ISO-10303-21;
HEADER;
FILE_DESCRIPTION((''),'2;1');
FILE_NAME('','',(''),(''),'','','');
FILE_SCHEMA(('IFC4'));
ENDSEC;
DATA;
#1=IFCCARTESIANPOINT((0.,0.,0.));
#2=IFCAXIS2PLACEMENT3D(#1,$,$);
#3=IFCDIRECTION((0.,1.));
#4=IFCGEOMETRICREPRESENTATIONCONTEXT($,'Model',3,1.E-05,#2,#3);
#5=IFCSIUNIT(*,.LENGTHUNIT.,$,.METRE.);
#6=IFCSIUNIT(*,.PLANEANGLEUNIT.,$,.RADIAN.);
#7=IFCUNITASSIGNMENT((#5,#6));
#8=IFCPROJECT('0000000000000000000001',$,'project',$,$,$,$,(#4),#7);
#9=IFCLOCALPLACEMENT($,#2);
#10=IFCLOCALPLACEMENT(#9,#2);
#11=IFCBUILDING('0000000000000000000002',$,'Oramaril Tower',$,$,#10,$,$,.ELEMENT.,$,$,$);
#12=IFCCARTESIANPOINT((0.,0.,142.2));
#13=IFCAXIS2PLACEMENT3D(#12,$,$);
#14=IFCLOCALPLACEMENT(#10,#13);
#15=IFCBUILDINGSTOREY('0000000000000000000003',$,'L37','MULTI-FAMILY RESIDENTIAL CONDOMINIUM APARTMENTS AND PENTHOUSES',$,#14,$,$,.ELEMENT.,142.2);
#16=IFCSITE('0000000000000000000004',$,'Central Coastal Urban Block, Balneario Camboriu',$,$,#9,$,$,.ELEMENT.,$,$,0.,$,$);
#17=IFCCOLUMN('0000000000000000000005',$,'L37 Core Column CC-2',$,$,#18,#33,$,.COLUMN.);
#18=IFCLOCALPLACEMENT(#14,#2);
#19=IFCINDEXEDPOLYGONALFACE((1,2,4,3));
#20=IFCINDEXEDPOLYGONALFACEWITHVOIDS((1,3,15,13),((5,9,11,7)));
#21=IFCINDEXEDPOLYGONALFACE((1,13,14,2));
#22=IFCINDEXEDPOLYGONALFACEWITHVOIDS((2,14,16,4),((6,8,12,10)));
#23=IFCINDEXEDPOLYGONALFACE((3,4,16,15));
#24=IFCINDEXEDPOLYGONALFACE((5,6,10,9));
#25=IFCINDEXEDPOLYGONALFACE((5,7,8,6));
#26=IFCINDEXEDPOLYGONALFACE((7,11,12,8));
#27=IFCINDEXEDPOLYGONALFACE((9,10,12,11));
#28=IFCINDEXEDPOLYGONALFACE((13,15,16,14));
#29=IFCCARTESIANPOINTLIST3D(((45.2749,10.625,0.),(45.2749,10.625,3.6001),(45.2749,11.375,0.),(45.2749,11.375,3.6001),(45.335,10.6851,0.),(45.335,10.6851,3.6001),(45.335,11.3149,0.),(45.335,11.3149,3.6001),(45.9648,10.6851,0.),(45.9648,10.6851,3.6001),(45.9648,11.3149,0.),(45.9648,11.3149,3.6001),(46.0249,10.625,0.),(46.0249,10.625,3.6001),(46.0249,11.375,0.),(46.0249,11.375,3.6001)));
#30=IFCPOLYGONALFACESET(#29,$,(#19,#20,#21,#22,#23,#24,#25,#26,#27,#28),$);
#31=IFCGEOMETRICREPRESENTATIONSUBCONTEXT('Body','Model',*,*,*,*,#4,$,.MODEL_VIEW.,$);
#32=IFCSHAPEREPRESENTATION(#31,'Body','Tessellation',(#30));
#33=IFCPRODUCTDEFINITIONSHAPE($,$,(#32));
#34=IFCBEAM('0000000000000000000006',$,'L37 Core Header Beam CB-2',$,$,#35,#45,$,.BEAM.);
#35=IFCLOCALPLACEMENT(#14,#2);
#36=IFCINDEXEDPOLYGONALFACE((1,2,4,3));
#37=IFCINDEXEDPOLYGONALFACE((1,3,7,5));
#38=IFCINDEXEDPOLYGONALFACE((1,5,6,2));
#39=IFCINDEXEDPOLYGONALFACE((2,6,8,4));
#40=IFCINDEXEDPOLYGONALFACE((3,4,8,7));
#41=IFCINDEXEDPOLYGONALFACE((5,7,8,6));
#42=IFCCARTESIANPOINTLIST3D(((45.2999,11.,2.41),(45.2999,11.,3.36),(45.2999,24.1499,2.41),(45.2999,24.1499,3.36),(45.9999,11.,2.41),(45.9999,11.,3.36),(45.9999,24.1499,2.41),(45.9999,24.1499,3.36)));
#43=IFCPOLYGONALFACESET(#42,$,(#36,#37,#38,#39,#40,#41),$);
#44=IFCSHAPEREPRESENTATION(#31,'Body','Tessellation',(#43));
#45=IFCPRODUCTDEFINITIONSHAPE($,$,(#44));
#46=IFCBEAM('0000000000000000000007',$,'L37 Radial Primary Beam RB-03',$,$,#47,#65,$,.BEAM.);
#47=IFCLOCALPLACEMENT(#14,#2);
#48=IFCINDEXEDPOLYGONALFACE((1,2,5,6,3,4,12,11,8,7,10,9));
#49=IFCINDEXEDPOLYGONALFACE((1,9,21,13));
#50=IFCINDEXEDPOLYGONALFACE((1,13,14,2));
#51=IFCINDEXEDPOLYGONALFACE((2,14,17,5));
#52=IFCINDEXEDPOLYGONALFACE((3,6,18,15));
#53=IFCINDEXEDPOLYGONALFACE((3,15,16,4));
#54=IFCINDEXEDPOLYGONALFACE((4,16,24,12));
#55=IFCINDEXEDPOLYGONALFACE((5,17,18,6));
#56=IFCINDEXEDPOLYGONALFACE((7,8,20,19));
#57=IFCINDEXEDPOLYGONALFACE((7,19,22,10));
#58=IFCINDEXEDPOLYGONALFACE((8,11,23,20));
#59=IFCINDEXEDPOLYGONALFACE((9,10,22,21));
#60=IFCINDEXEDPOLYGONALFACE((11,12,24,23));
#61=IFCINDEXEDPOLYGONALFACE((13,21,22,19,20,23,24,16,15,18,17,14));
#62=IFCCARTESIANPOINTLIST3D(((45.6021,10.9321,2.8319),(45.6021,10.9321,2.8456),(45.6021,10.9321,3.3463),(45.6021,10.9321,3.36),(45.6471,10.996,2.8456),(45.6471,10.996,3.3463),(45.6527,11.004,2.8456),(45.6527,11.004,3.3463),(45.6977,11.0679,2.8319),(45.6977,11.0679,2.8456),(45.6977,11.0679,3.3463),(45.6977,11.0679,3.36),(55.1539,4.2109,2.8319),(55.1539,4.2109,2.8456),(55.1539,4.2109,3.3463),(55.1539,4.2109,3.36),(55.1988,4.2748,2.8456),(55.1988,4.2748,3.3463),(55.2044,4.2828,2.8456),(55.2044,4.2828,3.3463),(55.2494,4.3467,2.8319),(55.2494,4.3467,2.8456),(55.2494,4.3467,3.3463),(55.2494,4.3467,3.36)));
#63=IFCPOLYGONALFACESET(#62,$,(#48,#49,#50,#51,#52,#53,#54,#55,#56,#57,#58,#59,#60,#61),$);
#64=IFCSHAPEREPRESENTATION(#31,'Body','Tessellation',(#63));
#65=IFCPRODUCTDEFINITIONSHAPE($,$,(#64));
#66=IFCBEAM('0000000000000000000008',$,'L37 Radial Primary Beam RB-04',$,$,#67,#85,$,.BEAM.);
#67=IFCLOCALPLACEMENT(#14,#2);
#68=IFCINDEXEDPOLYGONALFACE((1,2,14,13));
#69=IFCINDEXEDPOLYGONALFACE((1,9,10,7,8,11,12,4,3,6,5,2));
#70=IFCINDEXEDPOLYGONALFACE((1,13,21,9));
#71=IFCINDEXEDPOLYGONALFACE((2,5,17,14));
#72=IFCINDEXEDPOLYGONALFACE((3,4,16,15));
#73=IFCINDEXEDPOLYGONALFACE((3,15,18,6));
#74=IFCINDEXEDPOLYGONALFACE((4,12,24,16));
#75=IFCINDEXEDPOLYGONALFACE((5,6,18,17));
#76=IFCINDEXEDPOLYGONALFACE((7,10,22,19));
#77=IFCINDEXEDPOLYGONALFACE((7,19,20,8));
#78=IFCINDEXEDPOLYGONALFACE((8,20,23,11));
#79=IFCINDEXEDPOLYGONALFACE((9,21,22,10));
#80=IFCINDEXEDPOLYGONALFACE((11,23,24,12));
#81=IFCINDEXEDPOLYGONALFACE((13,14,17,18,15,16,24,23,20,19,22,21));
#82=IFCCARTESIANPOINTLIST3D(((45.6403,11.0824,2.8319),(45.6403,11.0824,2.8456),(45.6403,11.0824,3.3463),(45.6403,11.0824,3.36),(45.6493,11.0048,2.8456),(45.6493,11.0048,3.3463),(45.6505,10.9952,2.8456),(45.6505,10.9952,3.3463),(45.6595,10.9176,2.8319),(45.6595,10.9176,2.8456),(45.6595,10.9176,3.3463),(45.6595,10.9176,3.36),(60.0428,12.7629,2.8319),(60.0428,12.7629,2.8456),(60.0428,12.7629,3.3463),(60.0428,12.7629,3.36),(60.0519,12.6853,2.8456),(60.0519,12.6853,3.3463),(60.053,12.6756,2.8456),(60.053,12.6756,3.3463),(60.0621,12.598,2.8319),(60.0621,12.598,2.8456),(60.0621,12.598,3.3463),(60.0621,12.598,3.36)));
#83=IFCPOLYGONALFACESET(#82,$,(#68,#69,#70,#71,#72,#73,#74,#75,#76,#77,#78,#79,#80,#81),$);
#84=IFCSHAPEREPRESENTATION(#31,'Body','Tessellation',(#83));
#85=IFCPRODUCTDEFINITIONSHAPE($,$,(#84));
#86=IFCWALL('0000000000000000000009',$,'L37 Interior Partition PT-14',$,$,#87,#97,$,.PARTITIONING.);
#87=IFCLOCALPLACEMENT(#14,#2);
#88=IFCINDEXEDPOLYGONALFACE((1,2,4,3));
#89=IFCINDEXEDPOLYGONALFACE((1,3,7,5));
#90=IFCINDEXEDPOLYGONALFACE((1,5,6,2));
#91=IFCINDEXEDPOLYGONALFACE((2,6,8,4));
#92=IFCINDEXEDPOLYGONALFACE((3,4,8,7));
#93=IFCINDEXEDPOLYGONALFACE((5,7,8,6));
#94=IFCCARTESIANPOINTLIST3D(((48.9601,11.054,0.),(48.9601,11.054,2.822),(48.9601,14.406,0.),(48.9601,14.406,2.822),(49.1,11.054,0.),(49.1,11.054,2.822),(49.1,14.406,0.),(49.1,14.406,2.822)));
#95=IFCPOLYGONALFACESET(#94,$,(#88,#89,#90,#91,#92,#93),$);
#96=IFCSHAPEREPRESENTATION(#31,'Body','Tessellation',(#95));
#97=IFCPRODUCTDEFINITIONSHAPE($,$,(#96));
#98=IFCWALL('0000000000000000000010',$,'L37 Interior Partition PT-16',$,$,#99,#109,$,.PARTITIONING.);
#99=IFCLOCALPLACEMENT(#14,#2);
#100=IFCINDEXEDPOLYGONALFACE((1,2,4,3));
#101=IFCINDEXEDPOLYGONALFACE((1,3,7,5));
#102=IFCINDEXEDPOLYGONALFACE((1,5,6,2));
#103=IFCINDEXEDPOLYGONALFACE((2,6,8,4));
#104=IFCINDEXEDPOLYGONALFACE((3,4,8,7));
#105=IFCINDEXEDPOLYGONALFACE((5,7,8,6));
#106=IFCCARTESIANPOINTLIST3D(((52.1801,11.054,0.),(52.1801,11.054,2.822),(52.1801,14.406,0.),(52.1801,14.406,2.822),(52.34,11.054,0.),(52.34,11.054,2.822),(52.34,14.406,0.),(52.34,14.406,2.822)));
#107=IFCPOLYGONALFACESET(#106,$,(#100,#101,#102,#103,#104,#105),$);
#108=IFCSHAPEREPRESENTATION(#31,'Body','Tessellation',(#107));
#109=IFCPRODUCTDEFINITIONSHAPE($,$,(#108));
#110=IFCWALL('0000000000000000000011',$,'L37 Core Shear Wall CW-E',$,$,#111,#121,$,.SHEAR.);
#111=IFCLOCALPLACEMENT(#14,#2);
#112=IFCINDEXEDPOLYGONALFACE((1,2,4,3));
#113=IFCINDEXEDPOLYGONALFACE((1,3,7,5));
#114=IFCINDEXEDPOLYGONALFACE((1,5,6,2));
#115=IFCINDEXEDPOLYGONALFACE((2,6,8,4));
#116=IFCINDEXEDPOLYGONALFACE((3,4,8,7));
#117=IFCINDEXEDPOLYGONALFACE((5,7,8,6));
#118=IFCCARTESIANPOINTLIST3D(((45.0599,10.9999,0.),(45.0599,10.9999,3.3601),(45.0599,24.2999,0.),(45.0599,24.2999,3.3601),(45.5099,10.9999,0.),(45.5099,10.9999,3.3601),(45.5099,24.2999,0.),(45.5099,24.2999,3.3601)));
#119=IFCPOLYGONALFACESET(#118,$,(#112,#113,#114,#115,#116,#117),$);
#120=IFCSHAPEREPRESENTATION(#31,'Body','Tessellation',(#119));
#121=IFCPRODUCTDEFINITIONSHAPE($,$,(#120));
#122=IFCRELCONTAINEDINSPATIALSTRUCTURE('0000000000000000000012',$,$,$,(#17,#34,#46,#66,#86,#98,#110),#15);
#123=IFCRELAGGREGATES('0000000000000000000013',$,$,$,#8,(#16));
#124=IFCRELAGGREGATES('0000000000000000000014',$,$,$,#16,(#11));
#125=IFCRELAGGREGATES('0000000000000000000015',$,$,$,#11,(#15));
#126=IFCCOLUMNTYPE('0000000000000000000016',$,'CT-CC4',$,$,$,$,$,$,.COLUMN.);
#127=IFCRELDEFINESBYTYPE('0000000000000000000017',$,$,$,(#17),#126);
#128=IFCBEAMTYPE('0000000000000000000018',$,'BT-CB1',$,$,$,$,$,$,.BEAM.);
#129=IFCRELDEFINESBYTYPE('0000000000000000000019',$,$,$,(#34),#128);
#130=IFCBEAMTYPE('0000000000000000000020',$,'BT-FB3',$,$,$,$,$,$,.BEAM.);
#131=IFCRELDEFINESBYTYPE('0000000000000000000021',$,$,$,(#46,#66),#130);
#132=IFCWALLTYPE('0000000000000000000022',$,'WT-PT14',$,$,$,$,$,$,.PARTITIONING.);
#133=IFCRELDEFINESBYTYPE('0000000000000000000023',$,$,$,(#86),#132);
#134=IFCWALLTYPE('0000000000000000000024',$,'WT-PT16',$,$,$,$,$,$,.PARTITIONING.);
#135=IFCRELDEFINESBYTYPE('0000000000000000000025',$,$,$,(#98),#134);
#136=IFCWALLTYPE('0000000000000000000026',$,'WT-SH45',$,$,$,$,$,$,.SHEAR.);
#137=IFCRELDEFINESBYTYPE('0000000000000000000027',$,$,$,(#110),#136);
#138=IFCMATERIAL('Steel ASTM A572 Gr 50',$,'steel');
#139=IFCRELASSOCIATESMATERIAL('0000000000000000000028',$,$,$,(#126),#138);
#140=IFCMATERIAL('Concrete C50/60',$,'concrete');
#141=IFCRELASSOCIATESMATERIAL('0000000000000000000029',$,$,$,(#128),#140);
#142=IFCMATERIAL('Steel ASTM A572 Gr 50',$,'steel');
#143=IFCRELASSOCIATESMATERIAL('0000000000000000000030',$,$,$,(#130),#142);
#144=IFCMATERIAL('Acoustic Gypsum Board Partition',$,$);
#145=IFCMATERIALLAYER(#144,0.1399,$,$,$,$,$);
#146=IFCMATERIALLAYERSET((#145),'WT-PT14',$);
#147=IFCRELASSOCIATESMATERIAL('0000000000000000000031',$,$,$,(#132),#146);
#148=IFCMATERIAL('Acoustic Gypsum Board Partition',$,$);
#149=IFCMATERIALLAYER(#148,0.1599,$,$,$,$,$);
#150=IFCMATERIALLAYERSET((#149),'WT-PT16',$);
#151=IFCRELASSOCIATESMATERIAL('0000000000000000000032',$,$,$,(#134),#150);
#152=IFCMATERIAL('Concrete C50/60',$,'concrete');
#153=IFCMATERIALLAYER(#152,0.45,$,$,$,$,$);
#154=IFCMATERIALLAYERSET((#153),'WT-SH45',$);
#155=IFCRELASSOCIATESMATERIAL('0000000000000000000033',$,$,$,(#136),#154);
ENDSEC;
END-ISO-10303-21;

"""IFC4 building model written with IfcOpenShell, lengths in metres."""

from ifc_helpers import new_model, si_unit, direction, frame, frame_2d, origin, origin_2d, place, context, subcontext, project, spatial, rectangle, hollow_rectangle, i_section, extrude, material, layer, layer_set, material_profile, profile_set, type_object, element, save


model = new_model("IFC4")

# Units and contexts
model_context = context("Model", 3, precision=1e-05, world=origin(), true_north=direction((0.0, 1.0)))
body_context = subcontext(model_context, "Body", "Model", "MODEL_VIEW")
ifc_project = project(units=[si_unit("LENGTHUNIT", "METRE"), si_unit("PLANEANGLEUNIT", "RADIAN")], contexts=[model_context])

# Site, building, storey
site_placement = place(None, origin())
site = spatial("IfcSite", under=ifc_project, at=site_placement, Name="Central Coastal Urban Block, Balneario Camboriu", CompositionType="ELEMENT", RefElevation=0.0)
building_placement = place(site_placement, origin())
building = spatial("IfcBuilding", under=site, at=building_placement, Name="Oramaril Tower", CompositionType="ELEMENT")
storey_placement = place(building_placement, frame((0.0, 0.0, 142.2)))
storey = spatial("IfcBuildingStorey", under=building, at=storey_placement, Name="L37", Description="MULTI-FAMILY RESIDENTIAL CONDOMINIUM APARTMENTS AND PENTHOUSES", CompositionType="ELEMENT", Elevation=142.2)

# Column
ifc_material_1 = material(Name="Steel ASTM A572 Gr 50", Category="steel")
ifc_material_profile_1 = material_profile(ifc_material_1, hollow_rectangle(XDim=0.75, YDim=0.75, WallThickness=0.0601, at=origin_2d()), Name="BOX750X750X60")
ifc_profile_set_1 = profile_set([ifc_material_profile_1], Name="Steel ASTM A572 Gr 50")
column_type = type_object("IfcColumnType", Name="CT-CC4", PredefinedType="COLUMN", material=ifc_profile_set_1)
column_placement = place(storey_placement, frame((45.6499, 11.0, 0.0), z_axis=(0.0, 0.0, 1.0), x_axis=(1.0, 0.0, 0.0)))
element("IfcColumn", 1, at=column_placement, inside=storey, type_object=column_type, Name="L37 Core Column CC-2", PredefinedType="COLUMN", context=body_context, shape_type="SweptSolid", body=[
    extrude(hollow_rectangle(XDim=0.75, YDim=0.75, WallThickness=0.0601, at=origin_2d()), origin(), (0.0, 0.0, 1.0), 3.6001),
])

# Beams
ifc_material_2 = material(Name="Concrete C50/60", Category="concrete")
ifc_material_profile_2 = material_profile(ifc_material_2, rectangle(XDim=0.7, YDim=0.95, at=origin_2d()), Name="CB700X950")
ifc_profile_set_2 = profile_set([ifc_material_profile_2], Name="Concrete C50/60")
beam_type_1 = type_object("IfcBeamType", Name="BT-CB1", PredefinedType="BEAM", material=ifc_profile_set_2)
beam_1_placement = place(storey_placement, frame((45.6499, 11.0, 2.885), z_axis=(0.0, 1.0, 0.0), x_axis=(-1.0, 0.0, 0.0)))
element("IfcBeam", 2, at=beam_1_placement, inside=storey, type_object=beam_type_1, Name="L37 Core Header Beam CB-2", PredefinedType="BEAM", context=body_context, shape_type="SweptSolid", body=[
    extrude(rectangle(XDim=0.7, YDim=0.95, at=origin_2d()), origin(), (0.0, 0.0, 1.0), 13.1499),
])
ifc_material_3 = material(Name="Steel ASTM A572 Gr 50", Category="steel")
ifc_material_profile_3 = material_profile(ifc_material_3, i_section(OverallWidth=0.166, OverallDepth=0.5281, WebThickness=0.0098, FlangeThickness=0.0137, at=origin_2d()), Name="W21X50")
ifc_profile_set_3 = profile_set([ifc_material_profile_3], Name="Steel ASTM A572 Gr 50")
beam_type_2 = type_object("IfcBeamType", Name="BT-FB3", PredefinedType="BEAM", material=ifc_profile_set_3)
beam_2_placement = place(storey_placement, frame((45.6499, 11.0, 3.0959), z_axis=(0.817823, -0.57547, 0.0), x_axis=(0.57547, 0.817823, 0.0)))
element("IfcBeam", 3, at=beam_2_placement, inside=storey, type_object=beam_type_2, Name="L37 Radial Primary Beam RB-03", PredefinedType="BEAM", context=body_context, shape_type="SweptSolid", body=[
    extrude(i_section(OverallWidth=0.166, OverallDepth=0.5281, WebThickness=0.0098, FlangeThickness=0.0137, at=origin_2d()), origin(), (0.0, 0.0, 1.0), 11.6794),
])
beam_3_placement = place(storey_placement, frame((45.6499, 11.0, 3.0959), z_axis=(0.993262, 0.115889, 0.0), x_axis=(-0.115889, 0.993262, 0.0)))
element("IfcBeam", 4, at=beam_3_placement, inside=storey, type_object=beam_type_2, Name="L37 Radial Primary Beam RB-04", PredefinedType="BEAM", context=body_context, shape_type="SweptSolid", body=[
    extrude(i_section(OverallWidth=0.166, OverallDepth=0.5281, WebThickness=0.0098, FlangeThickness=0.0137, at=origin_2d()), origin(), (0.0, 0.0, 1.0), 14.5002),
])

# Shared definitions
ifc_material_4 = material(Name="Acoustic Gypsum Board Partition")
ifc_layer_1 = layer(ifc_material_4, 0.1399)
ifc_layer_set_1 = layer_set([ifc_layer_1], Name="WT-PT14")
wall_type_1 = type_object("IfcWallType", Name="WT-PT14", PredefinedType="PARTITIONING", material=ifc_layer_set_1)

# Walls
wall_1_placement = place(storey_placement, frame((49.03, 11.054, 0.0), z_axis=(0.0, 0.0, 1.0), x_axis=(0.0, 1.0, 0.0)))
element("IfcWall", 5, at=wall_1_placement, inside=storey, type_object=wall_type_1, Name="L37 Interior Partition PT-14", PredefinedType="PARTITIONING", context=body_context, shape_type="SweptSolid", body=[
    extrude(rectangle(XDim=3.3521, YDim=0.1399, at=frame_2d((1.676, 0.0))), origin(), (0.0, 0.0, 1.0), 2.822),
])
ifc_material_5 = material(Name="Acoustic Gypsum Board Partition")
ifc_layer_2 = layer(ifc_material_5, 0.1599)
ifc_layer_set_2 = layer_set([ifc_layer_2], Name="WT-PT16")
wall_type_2 = type_object("IfcWallType", Name="WT-PT16", PredefinedType="PARTITIONING", material=ifc_layer_set_2)
wall_2_placement = place(storey_placement, frame((52.26, 11.054, 0.0), z_axis=(0.0, 0.0, 1.0), x_axis=(0.0, 1.0, 0.0)))
element("IfcWall", 6, at=wall_2_placement, inside=storey, type_object=wall_type_2, Name="L37 Interior Partition PT-16", PredefinedType="PARTITIONING", context=body_context, shape_type="SweptSolid", body=[
    extrude(rectangle(XDim=3.3521, YDim=0.1599, at=frame_2d((1.676, 0.0))), origin(), (0.0, 0.0, 1.0), 2.822),
])
ifc_material_6 = material(Name="Concrete C50/60", Category="concrete")
ifc_layer_3 = layer(ifc_material_6, 0.45)
ifc_layer_set_3 = layer_set([ifc_layer_3], Name="WT-SH45")
wall_type_3 = type_object("IfcWallType", Name="WT-SH45", PredefinedType="SHEAR", material=ifc_layer_set_3)
wall_3_placement = place(storey_placement, frame((45.2849, 11.0, 0.0), z_axis=(0.0, 0.0, 1.0), x_axis=(0.0, 1.0, 0.0)))
element("IfcWall", 7, at=wall_3_placement, inside=storey, type_object=wall_type_3, Name="L37 Core Shear Wall CW-E", PredefinedType="SHEAR", context=body_context, shape_type="SweptSolid", body=[
    extrude(rectangle(XDim=13.3, YDim=0.45, at=frame_2d((6.6499, 0.0))), origin(), (0.0, 0.0, 1.0), 3.3601),
])

save(model, "model.ifc")
